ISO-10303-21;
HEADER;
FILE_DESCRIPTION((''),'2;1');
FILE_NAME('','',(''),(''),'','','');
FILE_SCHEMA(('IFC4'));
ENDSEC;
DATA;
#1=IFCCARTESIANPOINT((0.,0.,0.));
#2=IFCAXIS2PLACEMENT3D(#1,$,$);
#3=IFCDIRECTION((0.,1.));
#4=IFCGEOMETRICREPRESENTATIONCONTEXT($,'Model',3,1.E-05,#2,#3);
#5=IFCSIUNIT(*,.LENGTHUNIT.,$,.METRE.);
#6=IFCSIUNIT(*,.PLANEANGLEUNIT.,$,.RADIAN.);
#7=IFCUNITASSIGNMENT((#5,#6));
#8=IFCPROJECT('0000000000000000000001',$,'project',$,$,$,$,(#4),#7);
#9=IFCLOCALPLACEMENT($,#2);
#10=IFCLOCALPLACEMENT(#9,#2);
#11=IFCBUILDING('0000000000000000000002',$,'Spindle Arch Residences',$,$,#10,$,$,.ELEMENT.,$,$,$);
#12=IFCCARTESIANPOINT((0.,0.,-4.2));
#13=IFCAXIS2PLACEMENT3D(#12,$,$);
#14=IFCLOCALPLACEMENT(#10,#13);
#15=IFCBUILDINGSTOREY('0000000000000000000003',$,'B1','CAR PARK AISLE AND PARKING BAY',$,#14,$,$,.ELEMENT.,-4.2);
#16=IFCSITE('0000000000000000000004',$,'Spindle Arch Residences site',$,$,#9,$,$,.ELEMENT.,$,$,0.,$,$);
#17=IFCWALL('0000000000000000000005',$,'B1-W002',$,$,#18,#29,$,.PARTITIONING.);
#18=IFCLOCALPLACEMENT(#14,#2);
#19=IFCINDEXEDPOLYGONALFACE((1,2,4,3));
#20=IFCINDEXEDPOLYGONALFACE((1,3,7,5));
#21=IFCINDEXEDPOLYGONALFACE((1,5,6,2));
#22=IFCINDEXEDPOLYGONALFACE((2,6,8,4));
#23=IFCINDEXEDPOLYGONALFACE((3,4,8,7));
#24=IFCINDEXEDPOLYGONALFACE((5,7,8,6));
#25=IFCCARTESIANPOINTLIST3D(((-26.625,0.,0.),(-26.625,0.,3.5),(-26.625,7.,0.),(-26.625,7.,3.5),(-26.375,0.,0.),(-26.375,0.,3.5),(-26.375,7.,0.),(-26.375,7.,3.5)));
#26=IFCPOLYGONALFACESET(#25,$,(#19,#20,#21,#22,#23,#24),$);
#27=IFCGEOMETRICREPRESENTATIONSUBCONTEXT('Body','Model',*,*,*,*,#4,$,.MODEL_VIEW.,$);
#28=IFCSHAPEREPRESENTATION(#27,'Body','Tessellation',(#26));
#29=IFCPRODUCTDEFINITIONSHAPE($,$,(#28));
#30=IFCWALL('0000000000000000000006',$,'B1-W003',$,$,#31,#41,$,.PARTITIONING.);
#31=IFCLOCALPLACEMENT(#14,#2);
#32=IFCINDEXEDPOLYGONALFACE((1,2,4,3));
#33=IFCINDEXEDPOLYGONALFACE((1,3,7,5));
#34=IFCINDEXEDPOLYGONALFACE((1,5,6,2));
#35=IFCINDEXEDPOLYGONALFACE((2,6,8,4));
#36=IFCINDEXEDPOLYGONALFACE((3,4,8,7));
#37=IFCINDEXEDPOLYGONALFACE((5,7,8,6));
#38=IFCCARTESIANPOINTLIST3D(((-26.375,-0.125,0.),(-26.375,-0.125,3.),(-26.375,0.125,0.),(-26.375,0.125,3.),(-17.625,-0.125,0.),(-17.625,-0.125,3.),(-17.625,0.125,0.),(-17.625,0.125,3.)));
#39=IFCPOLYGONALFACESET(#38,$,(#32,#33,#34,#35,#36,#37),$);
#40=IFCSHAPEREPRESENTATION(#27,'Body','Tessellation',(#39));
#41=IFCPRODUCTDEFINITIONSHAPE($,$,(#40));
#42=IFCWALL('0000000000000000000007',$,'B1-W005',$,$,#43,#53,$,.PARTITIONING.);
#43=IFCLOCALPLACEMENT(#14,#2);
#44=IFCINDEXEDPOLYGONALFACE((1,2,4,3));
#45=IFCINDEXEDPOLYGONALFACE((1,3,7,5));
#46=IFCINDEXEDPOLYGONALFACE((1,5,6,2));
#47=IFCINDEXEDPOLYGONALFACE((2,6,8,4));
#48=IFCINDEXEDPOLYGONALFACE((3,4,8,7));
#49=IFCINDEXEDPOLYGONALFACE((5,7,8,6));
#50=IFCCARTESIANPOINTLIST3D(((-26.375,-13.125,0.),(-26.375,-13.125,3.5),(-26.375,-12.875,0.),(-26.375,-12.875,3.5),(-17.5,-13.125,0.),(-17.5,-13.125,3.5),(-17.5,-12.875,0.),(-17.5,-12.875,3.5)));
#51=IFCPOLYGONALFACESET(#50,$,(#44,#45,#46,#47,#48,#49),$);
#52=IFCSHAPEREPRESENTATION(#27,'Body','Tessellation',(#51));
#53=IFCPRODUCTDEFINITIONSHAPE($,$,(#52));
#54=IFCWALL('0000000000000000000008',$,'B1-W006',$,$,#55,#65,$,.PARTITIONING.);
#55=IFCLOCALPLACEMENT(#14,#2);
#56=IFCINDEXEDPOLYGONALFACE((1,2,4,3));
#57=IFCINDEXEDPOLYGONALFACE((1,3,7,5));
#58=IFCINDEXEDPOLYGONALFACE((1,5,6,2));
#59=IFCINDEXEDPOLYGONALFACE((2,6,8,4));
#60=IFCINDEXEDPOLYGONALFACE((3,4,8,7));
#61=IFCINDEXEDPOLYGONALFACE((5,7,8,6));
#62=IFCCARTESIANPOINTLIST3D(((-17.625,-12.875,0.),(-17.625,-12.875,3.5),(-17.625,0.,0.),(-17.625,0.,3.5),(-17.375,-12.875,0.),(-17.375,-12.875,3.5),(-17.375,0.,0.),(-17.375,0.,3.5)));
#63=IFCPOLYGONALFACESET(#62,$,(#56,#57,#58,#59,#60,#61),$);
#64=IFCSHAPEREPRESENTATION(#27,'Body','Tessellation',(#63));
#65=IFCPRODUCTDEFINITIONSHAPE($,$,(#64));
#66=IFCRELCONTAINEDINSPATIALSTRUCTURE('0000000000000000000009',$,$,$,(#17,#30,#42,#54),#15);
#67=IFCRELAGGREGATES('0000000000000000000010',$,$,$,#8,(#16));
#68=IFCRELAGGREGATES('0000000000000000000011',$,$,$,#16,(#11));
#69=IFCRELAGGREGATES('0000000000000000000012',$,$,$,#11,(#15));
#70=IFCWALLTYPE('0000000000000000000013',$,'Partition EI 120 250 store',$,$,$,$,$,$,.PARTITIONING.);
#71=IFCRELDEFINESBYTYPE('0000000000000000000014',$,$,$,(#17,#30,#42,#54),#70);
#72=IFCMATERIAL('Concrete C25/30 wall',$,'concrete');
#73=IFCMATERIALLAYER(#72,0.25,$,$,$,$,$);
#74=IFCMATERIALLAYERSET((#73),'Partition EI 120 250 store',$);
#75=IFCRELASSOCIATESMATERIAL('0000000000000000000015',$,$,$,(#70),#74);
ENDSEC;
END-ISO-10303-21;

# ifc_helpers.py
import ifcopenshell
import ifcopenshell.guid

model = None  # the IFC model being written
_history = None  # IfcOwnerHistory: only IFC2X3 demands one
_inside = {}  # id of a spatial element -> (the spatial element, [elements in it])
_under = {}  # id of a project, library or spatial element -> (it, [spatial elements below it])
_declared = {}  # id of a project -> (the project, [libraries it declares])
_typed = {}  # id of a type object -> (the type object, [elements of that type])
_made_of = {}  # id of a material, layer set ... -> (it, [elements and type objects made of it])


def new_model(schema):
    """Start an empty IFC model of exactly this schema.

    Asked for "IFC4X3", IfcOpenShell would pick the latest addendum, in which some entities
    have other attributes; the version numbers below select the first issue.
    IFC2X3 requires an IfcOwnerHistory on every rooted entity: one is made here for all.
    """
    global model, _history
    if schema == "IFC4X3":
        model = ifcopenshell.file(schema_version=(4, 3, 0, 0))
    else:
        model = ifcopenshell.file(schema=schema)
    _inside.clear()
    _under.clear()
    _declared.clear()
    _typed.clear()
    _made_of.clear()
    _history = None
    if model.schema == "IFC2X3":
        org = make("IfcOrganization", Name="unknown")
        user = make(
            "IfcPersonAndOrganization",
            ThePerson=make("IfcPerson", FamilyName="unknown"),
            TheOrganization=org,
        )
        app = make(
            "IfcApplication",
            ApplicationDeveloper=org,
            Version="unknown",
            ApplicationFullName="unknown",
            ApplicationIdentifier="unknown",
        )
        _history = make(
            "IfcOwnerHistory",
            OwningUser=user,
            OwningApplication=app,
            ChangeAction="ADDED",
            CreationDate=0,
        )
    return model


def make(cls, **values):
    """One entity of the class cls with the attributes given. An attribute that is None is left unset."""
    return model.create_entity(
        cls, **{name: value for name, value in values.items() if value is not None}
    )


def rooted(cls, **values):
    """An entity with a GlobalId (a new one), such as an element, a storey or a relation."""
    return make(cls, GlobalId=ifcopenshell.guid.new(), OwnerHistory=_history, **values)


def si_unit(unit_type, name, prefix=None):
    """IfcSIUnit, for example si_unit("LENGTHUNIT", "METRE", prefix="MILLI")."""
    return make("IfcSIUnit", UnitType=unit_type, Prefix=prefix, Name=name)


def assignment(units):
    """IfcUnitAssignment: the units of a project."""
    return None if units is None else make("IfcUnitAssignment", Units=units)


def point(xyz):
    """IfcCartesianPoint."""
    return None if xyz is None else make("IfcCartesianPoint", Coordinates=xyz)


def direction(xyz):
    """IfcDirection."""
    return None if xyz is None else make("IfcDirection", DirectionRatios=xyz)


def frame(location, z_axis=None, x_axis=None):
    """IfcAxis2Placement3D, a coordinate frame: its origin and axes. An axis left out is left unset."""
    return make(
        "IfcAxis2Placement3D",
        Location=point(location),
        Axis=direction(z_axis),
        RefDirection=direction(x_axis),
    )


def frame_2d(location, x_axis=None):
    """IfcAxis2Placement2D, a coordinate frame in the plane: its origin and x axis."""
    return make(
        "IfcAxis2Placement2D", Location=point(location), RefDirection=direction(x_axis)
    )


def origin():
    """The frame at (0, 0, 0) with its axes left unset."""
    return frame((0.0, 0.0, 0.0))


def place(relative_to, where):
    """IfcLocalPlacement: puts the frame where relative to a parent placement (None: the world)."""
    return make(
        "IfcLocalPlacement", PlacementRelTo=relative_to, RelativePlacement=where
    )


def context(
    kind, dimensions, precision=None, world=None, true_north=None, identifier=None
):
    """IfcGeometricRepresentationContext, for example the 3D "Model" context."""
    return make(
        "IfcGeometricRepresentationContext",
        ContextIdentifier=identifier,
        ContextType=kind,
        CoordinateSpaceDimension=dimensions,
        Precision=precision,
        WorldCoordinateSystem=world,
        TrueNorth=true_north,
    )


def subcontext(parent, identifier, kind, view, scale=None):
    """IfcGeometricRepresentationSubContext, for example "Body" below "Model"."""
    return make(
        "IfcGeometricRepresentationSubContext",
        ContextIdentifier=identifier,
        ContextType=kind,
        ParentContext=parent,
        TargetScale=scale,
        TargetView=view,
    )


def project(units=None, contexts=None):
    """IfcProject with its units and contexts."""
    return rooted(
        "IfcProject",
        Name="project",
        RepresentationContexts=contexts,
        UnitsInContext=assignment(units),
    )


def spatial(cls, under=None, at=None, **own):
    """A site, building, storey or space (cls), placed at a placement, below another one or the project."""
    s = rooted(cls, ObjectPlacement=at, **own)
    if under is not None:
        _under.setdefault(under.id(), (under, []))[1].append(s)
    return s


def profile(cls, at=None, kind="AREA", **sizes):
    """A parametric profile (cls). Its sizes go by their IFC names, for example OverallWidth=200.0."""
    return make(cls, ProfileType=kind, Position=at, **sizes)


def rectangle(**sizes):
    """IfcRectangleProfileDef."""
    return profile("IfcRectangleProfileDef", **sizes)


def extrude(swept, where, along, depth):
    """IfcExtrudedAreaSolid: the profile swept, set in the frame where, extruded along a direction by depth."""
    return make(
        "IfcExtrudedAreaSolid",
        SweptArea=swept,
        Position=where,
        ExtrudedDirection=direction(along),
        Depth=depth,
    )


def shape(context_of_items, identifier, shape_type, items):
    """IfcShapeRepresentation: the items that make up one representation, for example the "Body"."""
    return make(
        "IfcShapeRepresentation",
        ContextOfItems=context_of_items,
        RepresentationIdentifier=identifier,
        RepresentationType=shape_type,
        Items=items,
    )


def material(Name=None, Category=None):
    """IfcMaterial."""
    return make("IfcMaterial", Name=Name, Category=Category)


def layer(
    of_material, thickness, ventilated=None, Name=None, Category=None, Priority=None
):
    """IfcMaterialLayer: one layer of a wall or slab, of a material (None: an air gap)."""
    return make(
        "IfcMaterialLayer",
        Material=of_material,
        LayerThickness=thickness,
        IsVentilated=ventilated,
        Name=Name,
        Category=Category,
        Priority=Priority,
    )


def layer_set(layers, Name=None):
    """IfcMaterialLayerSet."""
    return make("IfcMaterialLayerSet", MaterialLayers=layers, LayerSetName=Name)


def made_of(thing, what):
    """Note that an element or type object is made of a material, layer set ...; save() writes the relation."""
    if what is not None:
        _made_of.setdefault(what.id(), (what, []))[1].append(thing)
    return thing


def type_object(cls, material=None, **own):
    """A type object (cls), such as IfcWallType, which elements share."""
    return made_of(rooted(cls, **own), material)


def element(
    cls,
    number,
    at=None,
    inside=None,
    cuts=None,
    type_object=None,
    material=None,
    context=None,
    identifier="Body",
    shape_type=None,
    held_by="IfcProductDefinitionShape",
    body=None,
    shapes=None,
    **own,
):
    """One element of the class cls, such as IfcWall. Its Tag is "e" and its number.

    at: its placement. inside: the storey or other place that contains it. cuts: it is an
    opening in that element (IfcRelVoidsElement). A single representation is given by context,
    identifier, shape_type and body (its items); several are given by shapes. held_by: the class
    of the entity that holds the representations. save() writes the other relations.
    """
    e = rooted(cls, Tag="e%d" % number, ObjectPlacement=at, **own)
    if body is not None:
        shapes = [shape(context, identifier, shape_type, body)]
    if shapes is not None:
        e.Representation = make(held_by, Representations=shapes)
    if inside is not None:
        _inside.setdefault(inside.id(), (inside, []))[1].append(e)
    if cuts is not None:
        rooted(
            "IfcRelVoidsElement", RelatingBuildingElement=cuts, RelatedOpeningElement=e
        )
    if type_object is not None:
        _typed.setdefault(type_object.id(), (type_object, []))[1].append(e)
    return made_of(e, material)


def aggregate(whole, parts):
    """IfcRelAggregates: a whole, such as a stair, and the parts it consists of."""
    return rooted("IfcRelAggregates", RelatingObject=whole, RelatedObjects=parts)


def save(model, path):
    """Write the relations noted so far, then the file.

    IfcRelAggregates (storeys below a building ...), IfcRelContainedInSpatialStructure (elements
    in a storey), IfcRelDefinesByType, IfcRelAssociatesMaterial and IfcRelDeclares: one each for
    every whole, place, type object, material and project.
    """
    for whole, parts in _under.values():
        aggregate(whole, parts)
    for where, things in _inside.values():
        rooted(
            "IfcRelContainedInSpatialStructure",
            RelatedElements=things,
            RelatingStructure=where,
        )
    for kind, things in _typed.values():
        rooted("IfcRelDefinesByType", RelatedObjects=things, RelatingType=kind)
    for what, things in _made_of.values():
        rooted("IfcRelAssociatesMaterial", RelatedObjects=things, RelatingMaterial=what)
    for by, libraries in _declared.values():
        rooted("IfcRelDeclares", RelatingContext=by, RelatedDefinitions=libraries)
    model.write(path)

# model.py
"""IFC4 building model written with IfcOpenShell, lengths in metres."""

from ifc_helpers import new_model, si_unit, direction, frame, frame_2d, origin, place, context, subcontext, project, spatial, rectangle, extrude, material, layer, layer_set, type_object, element, save


model = new_model("IFC4")

# Units and contexts
model_context = context("Model", 3, precision=1e-05, world=origin(), true_north=direction((0.0, 1.0)))
body_context = subcontext(model_context, "Body", "Model", "MODEL_VIEW")
ifc_project = project(units=[si_unit("LENGTHUNIT", "METRE"), si_unit("PLANEANGLEUNIT", "RADIAN")], contexts=[model_context])

# Site, building, storey
site_placement = place(None, origin())
site = spatial("IfcSite", under=ifc_project, at=site_placement, Name="Spindle Arch Residences site", CompositionType="ELEMENT", RefElevation=0.0)
building_placement = place(site_placement, origin())
building = spatial("IfcBuilding", under=site, at=building_placement, Name="Spindle Arch Residences", CompositionType="ELEMENT")
storey_placement = place(building_placement, frame((0.0, 0.0, -4.2)))
storey = spatial("IfcBuildingStorey", under=building, at=storey_placement, Name="B1", Description="CAR PARK AISLE AND PARKING BAY", CompositionType="ELEMENT", Elevation=-4.2)

# Shared definitions
ifc_material_1 = material(Name="Concrete C25/30 wall", Category="concrete")
ifc_layer_1 = layer(ifc_material_1, 0.25)
ifc_layer_set_1 = layer_set([ifc_layer_1], Name="Partition EI 120 250 store")
wall_type_1 = type_object("IfcWallType", Name="Partition EI 120 250 store", PredefinedType="PARTITIONING", material=ifc_layer_set_1)

# Walls
wall_1_placement = place(storey_placement, frame((-26.5, 0.0, 0.0), z_axis=(0.0, 0.0, 1.0), x_axis=(0.0, 1.0, 0.0)))
element("IfcWall", 1, at=wall_1_placement, inside=storey, type_object=wall_type_1, Name="B1-W002", PredefinedType="PARTITIONING", context=body_context, shape_type="SweptSolid", body=[
    extrude(rectangle(XDim=7.0, YDim=0.25, at=frame_2d((3.5, 0.0))), origin(), (0.0, 0.0, 1.0), 3.5),
])
wall_2_placement = place(storey_placement, frame((-26.375, 0.0, 0.0), z_axis=(0.0, 0.0, 1.0), x_axis=(1.0, 0.0, 0.0)))
element("IfcWall", 2, at=wall_2_placement, inside=storey, type_object=wall_type_1, Name="B1-W003", PredefinedType="PARTITIONING", context=body_context, shape_type="SweptSolid", body=[
    extrude(rectangle(XDim=8.75, YDim=0.25, at=frame_2d((4.375, 0.0))), origin(), (0.0, 0.0, 1.0), 3.0),
])
wall_3_placement = place(storey_placement, frame((-17.5, -13.0, 0.0), z_axis=(0.0, 0.0, 1.0), x_axis=(-1.0, 0.0, 0.0)))
element("IfcWall", 3, at=wall_3_placement, inside=storey, type_object=wall_type_1, Name="B1-W005", PredefinedType="PARTITIONING", context=body_context, shape_type="SweptSolid", body=[
    extrude(rectangle(XDim=8.875, YDim=0.25, at=frame_2d((4.4375, 0.0))), origin(), (0.0, 0.0, 1.0), 3.5),
])
wall_4_placement = place(storey_placement, frame((-17.5, 0.0, 0.0), z_axis=(0.0, 0.0, 1.0), x_axis=(0.0, -1.0, 0.0)))
element("IfcWall", 4, at=wall_4_placement, inside=storey, type_object=wall_type_1, Name="B1-W006", PredefinedType="PARTITIONING", context=body_context, shape_type="SweptSolid", body=[
    extrude(rectangle(XDim=12.875, YDim=0.25, at=frame_2d((6.4375, 0.0))), origin(), (0.0, 0.0, 1.0), 3.5),
])

save(model, "model.ifc")
